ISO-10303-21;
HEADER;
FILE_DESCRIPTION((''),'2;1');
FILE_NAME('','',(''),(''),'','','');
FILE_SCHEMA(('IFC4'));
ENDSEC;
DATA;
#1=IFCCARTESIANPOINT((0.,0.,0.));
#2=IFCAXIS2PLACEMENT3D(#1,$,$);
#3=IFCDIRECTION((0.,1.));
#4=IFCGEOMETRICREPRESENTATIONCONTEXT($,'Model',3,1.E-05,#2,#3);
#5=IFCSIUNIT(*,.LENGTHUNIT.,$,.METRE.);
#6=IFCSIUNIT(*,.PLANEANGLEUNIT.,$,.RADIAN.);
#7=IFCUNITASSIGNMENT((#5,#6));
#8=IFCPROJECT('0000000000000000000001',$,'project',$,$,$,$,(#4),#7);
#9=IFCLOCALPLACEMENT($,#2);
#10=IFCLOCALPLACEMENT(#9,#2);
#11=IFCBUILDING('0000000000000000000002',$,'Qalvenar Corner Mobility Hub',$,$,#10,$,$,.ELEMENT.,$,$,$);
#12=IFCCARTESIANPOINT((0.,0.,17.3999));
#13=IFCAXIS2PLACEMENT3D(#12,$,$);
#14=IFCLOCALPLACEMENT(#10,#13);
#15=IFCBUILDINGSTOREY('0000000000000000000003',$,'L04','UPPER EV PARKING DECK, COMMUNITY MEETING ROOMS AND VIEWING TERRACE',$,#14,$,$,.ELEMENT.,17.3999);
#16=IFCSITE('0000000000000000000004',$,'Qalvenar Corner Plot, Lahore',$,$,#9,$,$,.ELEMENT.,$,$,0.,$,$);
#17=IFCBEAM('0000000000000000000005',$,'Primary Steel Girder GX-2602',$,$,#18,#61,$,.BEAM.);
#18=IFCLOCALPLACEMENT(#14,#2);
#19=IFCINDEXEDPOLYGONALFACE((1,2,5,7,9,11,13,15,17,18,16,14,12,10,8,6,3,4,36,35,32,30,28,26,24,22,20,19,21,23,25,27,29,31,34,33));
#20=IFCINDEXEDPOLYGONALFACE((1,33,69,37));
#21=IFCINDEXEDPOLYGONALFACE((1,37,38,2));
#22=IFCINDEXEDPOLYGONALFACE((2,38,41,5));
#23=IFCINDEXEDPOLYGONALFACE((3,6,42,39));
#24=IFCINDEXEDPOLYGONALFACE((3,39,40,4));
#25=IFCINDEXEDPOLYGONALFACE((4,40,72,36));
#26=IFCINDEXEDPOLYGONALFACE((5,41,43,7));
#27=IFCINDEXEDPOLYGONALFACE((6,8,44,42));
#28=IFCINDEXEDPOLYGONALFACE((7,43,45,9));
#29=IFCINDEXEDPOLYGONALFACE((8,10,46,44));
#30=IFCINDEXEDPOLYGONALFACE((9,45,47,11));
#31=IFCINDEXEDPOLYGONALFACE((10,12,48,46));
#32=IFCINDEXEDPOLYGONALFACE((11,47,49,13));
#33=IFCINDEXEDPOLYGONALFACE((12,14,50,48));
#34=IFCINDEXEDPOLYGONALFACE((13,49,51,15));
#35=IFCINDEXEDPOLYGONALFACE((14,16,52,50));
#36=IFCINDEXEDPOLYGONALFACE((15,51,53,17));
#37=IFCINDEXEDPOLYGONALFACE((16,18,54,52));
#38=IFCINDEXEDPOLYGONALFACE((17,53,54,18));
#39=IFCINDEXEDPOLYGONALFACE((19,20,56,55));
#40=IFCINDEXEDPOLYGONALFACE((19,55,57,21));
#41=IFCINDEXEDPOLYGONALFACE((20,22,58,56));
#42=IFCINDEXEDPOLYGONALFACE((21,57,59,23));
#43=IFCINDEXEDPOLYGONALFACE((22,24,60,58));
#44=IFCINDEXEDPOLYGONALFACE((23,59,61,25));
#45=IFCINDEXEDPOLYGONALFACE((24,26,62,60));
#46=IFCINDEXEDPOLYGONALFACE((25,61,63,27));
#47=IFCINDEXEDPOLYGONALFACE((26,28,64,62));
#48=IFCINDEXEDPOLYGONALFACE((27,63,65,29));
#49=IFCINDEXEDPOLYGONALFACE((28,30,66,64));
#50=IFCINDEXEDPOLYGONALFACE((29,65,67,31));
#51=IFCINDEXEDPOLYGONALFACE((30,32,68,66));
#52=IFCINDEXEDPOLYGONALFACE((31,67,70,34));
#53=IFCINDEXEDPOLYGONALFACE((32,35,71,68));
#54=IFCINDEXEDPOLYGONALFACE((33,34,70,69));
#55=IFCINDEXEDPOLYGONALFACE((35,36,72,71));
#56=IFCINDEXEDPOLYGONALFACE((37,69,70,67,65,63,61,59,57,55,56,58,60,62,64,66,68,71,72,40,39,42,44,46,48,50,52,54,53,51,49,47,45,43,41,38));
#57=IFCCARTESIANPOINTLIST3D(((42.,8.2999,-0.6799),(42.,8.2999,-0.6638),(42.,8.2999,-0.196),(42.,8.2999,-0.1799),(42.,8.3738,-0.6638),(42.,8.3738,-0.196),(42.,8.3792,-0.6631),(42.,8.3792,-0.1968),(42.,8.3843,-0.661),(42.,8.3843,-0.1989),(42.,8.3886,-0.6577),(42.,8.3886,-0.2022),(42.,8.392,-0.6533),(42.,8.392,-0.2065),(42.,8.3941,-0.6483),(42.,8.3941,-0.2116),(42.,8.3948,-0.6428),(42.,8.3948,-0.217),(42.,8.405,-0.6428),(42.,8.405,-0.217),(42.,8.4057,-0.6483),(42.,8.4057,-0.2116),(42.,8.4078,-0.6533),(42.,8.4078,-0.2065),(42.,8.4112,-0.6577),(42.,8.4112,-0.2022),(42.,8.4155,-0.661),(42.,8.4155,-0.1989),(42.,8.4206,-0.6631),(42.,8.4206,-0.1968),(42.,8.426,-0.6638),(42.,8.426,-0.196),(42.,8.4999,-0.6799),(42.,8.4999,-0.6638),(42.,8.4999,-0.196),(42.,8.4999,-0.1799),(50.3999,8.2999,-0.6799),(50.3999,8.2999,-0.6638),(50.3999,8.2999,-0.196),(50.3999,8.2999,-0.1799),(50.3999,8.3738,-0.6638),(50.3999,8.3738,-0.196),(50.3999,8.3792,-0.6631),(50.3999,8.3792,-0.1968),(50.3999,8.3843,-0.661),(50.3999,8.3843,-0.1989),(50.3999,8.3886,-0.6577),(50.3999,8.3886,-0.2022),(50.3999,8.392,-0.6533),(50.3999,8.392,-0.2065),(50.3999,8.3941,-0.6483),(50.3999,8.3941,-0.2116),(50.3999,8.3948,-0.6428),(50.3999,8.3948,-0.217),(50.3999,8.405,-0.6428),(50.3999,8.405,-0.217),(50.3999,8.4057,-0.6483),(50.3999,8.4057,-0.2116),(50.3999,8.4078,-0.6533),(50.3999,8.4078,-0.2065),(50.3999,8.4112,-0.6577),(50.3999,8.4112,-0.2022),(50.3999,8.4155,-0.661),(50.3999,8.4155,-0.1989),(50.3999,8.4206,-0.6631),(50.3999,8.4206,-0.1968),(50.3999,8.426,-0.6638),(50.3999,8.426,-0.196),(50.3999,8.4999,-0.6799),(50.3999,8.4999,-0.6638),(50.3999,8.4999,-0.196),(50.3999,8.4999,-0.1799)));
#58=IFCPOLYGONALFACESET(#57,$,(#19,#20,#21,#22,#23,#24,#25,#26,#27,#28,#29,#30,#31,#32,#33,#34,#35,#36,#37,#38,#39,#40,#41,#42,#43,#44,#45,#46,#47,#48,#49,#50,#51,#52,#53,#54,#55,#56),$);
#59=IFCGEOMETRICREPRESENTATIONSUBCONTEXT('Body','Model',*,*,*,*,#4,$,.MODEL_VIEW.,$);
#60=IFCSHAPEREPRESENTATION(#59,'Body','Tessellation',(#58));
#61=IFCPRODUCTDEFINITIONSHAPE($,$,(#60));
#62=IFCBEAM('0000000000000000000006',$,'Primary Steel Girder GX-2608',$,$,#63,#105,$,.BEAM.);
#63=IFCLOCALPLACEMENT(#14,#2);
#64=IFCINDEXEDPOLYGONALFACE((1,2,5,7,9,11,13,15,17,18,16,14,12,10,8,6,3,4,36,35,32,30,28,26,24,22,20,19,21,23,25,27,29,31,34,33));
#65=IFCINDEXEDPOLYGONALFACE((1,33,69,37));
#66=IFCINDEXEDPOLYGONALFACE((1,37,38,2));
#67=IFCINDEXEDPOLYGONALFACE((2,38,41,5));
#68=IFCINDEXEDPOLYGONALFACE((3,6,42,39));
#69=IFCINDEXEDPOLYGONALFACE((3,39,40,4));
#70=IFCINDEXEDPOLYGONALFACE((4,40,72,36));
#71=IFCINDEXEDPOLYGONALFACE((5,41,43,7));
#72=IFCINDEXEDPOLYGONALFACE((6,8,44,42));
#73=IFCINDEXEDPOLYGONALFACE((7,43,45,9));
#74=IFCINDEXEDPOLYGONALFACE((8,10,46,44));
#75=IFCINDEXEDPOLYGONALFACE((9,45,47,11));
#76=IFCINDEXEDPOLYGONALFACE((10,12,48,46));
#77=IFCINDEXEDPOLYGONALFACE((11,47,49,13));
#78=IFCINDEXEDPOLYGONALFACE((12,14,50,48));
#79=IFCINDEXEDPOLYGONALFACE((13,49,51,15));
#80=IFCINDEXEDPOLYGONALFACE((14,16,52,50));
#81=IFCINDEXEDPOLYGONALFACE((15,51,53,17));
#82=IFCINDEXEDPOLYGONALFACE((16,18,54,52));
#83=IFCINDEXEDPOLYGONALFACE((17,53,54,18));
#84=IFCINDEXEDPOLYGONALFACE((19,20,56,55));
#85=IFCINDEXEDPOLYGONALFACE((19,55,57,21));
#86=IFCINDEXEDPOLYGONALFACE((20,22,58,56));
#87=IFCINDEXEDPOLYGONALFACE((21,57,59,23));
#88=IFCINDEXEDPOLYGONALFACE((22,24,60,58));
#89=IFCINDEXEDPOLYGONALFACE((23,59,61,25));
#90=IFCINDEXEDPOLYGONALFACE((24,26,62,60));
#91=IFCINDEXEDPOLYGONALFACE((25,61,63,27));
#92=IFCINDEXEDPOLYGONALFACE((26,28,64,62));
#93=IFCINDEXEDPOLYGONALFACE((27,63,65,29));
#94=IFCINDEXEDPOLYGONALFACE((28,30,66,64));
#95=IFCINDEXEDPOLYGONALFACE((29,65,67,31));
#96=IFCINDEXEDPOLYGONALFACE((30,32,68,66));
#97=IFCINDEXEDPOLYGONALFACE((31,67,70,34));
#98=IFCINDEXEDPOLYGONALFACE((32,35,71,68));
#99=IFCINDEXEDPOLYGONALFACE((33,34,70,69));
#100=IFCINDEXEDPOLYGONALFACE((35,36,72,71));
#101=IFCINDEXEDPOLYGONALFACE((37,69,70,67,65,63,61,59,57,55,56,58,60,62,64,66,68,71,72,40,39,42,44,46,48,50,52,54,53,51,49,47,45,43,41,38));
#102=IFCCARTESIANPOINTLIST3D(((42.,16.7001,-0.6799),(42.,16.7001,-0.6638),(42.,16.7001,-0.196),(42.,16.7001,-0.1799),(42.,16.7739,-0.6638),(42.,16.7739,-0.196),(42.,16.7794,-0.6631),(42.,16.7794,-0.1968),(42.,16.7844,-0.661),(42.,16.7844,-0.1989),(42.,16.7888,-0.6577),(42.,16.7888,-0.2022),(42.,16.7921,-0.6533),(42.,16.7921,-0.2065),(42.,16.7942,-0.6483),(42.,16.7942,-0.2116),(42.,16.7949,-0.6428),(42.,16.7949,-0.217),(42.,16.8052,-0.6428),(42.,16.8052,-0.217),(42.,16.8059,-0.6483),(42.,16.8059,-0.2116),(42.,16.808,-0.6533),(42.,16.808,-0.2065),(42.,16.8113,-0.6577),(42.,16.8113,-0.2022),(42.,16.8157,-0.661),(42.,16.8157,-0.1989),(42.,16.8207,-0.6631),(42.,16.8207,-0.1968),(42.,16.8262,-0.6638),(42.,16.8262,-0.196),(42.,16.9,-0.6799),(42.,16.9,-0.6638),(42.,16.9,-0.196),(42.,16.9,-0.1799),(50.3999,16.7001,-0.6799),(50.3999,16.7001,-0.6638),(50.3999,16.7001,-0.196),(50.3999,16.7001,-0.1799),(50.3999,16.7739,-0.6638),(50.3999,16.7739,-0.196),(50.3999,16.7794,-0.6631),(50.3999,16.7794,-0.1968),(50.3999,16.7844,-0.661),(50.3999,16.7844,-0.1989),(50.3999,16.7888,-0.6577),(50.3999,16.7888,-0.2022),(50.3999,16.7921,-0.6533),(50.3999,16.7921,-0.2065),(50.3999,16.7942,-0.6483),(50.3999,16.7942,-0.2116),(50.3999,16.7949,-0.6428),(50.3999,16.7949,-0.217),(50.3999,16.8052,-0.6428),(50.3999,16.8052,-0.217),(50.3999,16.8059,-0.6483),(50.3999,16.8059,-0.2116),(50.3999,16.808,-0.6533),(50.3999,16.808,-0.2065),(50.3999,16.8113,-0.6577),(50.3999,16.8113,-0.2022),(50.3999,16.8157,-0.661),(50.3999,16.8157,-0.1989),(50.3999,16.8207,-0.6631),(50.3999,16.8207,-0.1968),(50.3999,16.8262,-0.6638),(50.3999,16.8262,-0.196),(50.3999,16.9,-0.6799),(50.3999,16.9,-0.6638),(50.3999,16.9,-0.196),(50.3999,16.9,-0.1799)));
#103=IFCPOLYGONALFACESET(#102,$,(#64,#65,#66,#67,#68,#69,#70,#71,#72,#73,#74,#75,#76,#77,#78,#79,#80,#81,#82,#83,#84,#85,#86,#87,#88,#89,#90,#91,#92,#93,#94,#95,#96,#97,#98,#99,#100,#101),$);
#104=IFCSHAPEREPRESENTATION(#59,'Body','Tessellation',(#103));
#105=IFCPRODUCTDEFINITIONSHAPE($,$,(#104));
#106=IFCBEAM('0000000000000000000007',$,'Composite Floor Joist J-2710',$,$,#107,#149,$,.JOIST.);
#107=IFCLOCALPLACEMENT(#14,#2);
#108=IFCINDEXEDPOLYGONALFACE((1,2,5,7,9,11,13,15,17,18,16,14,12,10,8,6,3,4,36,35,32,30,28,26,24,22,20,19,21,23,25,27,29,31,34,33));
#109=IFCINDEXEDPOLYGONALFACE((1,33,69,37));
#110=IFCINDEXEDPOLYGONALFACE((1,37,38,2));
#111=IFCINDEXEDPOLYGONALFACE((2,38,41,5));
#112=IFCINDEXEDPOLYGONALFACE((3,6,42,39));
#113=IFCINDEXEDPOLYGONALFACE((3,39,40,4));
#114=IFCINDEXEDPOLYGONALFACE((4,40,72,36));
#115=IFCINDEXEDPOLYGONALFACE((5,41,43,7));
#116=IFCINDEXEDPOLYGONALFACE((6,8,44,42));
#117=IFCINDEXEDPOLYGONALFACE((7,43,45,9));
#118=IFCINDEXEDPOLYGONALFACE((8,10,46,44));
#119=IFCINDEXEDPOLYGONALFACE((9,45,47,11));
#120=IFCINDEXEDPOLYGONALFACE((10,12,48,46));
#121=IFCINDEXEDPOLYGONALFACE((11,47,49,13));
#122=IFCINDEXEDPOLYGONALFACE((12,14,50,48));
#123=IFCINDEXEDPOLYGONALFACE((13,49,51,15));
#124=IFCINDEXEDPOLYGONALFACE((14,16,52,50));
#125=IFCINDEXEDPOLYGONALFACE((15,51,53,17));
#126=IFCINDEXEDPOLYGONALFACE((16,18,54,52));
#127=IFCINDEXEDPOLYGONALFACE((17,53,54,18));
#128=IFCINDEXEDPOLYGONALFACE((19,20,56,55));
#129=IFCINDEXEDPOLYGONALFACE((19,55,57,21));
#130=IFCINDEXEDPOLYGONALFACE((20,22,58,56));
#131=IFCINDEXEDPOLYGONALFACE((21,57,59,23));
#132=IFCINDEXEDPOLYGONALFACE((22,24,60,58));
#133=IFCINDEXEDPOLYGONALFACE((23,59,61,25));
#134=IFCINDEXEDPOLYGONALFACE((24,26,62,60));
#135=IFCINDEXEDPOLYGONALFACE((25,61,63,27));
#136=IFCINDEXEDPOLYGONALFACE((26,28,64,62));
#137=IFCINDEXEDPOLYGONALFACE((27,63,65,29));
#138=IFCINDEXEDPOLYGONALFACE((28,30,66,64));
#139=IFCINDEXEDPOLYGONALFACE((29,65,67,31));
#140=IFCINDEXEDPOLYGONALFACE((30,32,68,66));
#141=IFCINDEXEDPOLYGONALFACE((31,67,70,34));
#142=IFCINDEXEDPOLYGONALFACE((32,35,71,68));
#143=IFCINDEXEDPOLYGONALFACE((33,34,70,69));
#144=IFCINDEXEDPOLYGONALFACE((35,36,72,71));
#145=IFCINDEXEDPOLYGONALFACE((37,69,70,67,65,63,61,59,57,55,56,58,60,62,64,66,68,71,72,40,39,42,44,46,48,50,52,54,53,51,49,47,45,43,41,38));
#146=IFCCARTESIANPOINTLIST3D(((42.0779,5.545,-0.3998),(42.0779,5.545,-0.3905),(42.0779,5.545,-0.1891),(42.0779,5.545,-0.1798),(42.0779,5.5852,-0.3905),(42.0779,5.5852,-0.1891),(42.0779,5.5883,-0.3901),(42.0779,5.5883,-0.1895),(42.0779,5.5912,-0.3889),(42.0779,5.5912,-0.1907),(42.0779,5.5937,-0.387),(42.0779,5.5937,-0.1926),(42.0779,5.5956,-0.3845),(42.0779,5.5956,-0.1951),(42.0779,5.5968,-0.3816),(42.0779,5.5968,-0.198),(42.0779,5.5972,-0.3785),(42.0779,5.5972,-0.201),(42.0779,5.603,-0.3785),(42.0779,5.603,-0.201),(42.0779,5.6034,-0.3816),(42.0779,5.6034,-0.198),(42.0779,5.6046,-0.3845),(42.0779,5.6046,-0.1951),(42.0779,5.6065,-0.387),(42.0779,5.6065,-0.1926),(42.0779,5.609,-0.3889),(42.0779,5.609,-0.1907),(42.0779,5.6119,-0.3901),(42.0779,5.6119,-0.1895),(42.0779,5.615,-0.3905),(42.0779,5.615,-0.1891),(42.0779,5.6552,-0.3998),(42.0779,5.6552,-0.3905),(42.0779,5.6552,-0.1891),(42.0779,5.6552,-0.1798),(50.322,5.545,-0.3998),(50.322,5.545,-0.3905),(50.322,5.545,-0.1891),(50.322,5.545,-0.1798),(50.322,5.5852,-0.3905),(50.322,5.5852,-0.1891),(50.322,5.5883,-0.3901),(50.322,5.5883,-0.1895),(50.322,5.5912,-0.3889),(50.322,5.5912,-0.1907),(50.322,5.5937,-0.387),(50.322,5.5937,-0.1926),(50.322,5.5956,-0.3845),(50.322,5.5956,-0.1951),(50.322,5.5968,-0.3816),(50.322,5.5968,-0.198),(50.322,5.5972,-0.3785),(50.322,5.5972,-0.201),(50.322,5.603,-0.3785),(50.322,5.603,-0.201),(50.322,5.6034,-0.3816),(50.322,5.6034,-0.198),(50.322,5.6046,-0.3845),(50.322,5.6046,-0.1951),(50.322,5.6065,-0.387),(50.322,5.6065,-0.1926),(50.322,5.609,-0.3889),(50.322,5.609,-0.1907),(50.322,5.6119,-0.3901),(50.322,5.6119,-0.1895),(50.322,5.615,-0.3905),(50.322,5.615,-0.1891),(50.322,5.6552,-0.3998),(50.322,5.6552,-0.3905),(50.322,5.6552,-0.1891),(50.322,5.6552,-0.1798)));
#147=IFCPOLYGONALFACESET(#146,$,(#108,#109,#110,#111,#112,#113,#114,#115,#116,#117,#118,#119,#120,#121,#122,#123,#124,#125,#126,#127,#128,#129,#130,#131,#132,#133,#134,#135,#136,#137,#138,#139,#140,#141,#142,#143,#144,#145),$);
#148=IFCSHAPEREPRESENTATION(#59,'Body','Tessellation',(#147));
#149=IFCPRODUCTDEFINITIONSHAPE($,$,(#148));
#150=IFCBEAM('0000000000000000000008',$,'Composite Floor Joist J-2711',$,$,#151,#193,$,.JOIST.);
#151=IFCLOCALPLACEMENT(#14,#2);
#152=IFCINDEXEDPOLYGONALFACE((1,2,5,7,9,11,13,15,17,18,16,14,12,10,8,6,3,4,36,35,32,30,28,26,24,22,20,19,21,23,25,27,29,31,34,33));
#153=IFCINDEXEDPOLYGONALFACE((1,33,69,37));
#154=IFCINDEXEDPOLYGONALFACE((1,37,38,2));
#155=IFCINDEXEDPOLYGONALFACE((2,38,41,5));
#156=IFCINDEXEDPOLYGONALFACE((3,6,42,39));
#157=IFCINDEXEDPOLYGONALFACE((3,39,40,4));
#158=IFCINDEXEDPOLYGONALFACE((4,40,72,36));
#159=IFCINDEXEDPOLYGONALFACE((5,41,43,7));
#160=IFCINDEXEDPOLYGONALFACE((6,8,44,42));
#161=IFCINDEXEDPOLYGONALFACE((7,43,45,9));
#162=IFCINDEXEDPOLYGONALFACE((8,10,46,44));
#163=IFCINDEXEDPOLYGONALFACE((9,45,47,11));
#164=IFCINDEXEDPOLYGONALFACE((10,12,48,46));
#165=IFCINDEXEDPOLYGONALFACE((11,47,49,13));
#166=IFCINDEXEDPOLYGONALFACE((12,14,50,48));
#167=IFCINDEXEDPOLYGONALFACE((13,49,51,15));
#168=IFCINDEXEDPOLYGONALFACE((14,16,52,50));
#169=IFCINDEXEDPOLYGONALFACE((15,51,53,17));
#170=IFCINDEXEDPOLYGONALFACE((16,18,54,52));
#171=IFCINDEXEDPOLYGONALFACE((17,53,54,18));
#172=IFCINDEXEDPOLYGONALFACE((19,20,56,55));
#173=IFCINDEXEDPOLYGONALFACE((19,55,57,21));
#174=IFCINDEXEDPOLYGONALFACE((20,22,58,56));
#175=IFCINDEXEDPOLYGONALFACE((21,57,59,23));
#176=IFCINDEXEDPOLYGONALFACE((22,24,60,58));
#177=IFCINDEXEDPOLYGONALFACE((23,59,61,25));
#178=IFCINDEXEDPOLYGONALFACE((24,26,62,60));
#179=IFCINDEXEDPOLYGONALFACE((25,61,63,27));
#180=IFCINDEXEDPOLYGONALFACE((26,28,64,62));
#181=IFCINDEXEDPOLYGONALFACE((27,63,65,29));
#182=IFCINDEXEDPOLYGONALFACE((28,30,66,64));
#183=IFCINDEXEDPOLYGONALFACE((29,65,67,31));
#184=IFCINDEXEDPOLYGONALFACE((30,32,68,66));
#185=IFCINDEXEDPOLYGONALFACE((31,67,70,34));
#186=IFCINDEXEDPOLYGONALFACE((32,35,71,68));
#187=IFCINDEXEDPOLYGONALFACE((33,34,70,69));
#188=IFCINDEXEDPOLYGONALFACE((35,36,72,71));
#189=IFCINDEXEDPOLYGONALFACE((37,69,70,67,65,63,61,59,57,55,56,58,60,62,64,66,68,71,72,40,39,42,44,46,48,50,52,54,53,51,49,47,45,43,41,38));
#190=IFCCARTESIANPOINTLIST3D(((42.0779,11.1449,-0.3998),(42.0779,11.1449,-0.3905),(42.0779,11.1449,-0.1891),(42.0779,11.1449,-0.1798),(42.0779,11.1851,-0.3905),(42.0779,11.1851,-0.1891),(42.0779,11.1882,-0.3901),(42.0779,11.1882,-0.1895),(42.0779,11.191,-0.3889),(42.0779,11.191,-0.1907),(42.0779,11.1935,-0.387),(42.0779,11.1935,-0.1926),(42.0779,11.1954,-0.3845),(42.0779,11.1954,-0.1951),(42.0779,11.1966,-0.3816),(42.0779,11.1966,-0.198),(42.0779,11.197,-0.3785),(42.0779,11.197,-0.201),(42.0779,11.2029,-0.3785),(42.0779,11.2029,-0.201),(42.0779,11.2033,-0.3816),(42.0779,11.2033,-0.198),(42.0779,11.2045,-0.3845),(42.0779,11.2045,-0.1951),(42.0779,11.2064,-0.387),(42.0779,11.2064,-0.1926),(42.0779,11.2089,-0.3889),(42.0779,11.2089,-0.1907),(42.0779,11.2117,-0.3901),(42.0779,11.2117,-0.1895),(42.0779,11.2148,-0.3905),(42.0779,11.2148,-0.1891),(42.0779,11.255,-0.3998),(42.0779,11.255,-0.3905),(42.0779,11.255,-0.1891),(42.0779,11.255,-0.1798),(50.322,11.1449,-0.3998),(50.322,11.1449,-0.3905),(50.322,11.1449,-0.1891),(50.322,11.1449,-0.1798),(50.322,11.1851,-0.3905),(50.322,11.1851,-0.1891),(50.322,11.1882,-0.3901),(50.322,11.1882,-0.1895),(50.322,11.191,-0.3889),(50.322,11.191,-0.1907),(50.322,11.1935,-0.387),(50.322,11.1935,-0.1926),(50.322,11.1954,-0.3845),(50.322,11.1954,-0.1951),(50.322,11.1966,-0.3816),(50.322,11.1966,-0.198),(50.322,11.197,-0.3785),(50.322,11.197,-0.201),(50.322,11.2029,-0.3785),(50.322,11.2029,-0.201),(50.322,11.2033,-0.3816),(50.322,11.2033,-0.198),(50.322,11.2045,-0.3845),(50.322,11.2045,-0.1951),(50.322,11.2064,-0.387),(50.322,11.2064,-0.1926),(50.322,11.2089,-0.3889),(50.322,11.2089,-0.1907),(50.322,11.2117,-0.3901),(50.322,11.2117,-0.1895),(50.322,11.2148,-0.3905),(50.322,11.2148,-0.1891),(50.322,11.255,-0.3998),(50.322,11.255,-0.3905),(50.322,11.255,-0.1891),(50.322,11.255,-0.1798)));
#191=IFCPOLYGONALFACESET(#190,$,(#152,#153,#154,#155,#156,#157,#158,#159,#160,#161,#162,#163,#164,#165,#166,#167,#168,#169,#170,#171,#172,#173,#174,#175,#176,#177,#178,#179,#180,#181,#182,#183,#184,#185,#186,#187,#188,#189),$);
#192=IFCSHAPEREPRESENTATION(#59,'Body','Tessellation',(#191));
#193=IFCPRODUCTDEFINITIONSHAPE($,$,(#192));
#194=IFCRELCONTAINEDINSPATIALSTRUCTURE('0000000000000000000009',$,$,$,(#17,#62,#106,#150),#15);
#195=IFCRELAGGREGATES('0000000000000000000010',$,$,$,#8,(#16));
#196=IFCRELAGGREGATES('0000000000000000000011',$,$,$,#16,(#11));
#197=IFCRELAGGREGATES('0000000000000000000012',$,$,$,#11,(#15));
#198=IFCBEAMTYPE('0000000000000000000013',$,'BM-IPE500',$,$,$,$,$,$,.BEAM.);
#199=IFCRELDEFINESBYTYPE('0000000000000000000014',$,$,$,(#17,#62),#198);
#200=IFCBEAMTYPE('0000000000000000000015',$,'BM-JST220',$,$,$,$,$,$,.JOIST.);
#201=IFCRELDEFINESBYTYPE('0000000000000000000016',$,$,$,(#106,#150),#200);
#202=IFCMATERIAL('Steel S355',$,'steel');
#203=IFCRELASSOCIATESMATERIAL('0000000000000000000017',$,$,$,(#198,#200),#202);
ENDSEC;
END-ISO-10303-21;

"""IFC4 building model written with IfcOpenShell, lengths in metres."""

from ifc_helpers import new_model, si_unit, direction, frame, origin, origin_2d, place, context, subcontext, project, spatial, i_section, extrude, material, material_profile, profile_set, type_object, element, save


model = new_model("IFC4")

# Units and contexts
model_context = context("Model", 3, precision=1e-05, world=origin(), true_north=direction((0.0, 1.0)))
body_context = subcontext(model_context, "Body", "Model", "MODEL_VIEW")
ifc_project = project(units=[si_unit("LENGTHUNIT", "METRE"), si_unit("PLANEANGLEUNIT", "RADIAN")], contexts=[model_context])

# Site, building, storey
site_placement = place(None, origin())
site = spatial("IfcSite", under=ifc_project, at=site_placement, Name="Qalvenar Corner Plot, Lahore", CompositionType="ELEMENT", RefElevation=0.0)
building_placement = place(site_placement, origin())
building = spatial("IfcBuilding", under=site, at=building_placement, Name="Qalvenar Corner Mobility Hub", CompositionType="ELEMENT")
storey_placement = place(building_placement, frame((0.0, 0.0, 17.3999)))
storey = spatial("IfcBuildingStorey", under=building, at=storey_placement, Name="L04", Description="UPPER EV PARKING DECK, COMMUNITY MEETING ROOMS AND VIEWING TERRACE", CompositionType="ELEMENT", Elevation=17.3999)

# Shared definitions
ifc_material_1 = material(Name="Steel S355", Category="steel")

# Beams
ifc_material_profile_1 = material_profile(ifc_material_1, i_section(OverallWidth=0.2, OverallDepth=0.5, WebThickness=0.0103, FlangeThickness=0.0161, FilletRadius=0.021, at=origin_2d()), Name="IPE500")
ifc_profile_set_1 = profile_set([ifc_material_profile_1], Name="Steel S355")
beam_type_1 = type_object("IfcBeamType", Name="BM-IPE500", PredefinedType="BEAM", material=ifc_profile_set_1)
for number, where, z_axis, x_axis, name in (
    (1, (42.0, 8.3999, -0.4299), (1.0, 0.0, 0.0), (0.0, 1.0, 0.0), "Primary Steel Girder GX-2602"),
    (2, (42.0, 16.8, -0.4299), (1.0, 0.0, 0.0), (0.0, 1.0, 0.0), "Primary Steel Girder GX-2608"),
):
    element("IfcBeam", number, at=place(storey_placement, frame(where, z_axis=z_axis, x_axis=x_axis)), inside=storey, type_object=beam_type_1, Name=name, PredefinedType="BEAM", context=body_context, shape_type="SweptSolid", body=[
        extrude(i_section(OverallWidth=0.2, OverallDepth=0.5, WebThickness=0.0103, FlangeThickness=0.0161, FilletRadius=0.021, at=origin_2d()), origin(), (0.0, 0.0, 1.0), 8.3999),
    ])
ifc_material_profile_2 = material_profile(ifc_material_1, i_section(OverallWidth=0.1101, OverallDepth=0.22, WebThickness=0.0059, FlangeThickness=0.0093, FilletRadius=0.012, at=origin_2d()), Name="IPE220")
ifc_profile_set_2 = profile_set([ifc_material_profile_2], Name="Steel S355")
beam_type_2 = type_object("IfcBeamType", Name="BM-JST220", PredefinedType="JOIST", material=ifc_profile_set_2)
for number, where, z_axis, x_axis, name in (
    (3, (42.0779, 5.6001, -0.2898), (1.0, 0.0, 0.0), (0.0, 1.0, 0.0), "Composite Floor Joist J-2710"),
    (4, (42.0779, 11.2, -0.2898), (1.0, 0.0, 0.0), (0.0, 1.0, 0.0), "Composite Floor Joist J-2711"),
):
    element("IfcBeam", number, at=place(storey_placement, frame(where, z_axis=z_axis, x_axis=x_axis)), inside=storey, type_object=beam_type_2, Name=name, PredefinedType="JOIST", context=body_context, shape_type="SweptSolid", body=[
        extrude(i_section(OverallWidth=0.1101, OverallDepth=0.22, WebThickness=0.0059, FlangeThickness=0.0093, FilletRadius=0.012, at=origin_2d()), origin(), (0.0, 0.0, 1.0), 8.2441),
    ])

save(model, "model.ifc")
